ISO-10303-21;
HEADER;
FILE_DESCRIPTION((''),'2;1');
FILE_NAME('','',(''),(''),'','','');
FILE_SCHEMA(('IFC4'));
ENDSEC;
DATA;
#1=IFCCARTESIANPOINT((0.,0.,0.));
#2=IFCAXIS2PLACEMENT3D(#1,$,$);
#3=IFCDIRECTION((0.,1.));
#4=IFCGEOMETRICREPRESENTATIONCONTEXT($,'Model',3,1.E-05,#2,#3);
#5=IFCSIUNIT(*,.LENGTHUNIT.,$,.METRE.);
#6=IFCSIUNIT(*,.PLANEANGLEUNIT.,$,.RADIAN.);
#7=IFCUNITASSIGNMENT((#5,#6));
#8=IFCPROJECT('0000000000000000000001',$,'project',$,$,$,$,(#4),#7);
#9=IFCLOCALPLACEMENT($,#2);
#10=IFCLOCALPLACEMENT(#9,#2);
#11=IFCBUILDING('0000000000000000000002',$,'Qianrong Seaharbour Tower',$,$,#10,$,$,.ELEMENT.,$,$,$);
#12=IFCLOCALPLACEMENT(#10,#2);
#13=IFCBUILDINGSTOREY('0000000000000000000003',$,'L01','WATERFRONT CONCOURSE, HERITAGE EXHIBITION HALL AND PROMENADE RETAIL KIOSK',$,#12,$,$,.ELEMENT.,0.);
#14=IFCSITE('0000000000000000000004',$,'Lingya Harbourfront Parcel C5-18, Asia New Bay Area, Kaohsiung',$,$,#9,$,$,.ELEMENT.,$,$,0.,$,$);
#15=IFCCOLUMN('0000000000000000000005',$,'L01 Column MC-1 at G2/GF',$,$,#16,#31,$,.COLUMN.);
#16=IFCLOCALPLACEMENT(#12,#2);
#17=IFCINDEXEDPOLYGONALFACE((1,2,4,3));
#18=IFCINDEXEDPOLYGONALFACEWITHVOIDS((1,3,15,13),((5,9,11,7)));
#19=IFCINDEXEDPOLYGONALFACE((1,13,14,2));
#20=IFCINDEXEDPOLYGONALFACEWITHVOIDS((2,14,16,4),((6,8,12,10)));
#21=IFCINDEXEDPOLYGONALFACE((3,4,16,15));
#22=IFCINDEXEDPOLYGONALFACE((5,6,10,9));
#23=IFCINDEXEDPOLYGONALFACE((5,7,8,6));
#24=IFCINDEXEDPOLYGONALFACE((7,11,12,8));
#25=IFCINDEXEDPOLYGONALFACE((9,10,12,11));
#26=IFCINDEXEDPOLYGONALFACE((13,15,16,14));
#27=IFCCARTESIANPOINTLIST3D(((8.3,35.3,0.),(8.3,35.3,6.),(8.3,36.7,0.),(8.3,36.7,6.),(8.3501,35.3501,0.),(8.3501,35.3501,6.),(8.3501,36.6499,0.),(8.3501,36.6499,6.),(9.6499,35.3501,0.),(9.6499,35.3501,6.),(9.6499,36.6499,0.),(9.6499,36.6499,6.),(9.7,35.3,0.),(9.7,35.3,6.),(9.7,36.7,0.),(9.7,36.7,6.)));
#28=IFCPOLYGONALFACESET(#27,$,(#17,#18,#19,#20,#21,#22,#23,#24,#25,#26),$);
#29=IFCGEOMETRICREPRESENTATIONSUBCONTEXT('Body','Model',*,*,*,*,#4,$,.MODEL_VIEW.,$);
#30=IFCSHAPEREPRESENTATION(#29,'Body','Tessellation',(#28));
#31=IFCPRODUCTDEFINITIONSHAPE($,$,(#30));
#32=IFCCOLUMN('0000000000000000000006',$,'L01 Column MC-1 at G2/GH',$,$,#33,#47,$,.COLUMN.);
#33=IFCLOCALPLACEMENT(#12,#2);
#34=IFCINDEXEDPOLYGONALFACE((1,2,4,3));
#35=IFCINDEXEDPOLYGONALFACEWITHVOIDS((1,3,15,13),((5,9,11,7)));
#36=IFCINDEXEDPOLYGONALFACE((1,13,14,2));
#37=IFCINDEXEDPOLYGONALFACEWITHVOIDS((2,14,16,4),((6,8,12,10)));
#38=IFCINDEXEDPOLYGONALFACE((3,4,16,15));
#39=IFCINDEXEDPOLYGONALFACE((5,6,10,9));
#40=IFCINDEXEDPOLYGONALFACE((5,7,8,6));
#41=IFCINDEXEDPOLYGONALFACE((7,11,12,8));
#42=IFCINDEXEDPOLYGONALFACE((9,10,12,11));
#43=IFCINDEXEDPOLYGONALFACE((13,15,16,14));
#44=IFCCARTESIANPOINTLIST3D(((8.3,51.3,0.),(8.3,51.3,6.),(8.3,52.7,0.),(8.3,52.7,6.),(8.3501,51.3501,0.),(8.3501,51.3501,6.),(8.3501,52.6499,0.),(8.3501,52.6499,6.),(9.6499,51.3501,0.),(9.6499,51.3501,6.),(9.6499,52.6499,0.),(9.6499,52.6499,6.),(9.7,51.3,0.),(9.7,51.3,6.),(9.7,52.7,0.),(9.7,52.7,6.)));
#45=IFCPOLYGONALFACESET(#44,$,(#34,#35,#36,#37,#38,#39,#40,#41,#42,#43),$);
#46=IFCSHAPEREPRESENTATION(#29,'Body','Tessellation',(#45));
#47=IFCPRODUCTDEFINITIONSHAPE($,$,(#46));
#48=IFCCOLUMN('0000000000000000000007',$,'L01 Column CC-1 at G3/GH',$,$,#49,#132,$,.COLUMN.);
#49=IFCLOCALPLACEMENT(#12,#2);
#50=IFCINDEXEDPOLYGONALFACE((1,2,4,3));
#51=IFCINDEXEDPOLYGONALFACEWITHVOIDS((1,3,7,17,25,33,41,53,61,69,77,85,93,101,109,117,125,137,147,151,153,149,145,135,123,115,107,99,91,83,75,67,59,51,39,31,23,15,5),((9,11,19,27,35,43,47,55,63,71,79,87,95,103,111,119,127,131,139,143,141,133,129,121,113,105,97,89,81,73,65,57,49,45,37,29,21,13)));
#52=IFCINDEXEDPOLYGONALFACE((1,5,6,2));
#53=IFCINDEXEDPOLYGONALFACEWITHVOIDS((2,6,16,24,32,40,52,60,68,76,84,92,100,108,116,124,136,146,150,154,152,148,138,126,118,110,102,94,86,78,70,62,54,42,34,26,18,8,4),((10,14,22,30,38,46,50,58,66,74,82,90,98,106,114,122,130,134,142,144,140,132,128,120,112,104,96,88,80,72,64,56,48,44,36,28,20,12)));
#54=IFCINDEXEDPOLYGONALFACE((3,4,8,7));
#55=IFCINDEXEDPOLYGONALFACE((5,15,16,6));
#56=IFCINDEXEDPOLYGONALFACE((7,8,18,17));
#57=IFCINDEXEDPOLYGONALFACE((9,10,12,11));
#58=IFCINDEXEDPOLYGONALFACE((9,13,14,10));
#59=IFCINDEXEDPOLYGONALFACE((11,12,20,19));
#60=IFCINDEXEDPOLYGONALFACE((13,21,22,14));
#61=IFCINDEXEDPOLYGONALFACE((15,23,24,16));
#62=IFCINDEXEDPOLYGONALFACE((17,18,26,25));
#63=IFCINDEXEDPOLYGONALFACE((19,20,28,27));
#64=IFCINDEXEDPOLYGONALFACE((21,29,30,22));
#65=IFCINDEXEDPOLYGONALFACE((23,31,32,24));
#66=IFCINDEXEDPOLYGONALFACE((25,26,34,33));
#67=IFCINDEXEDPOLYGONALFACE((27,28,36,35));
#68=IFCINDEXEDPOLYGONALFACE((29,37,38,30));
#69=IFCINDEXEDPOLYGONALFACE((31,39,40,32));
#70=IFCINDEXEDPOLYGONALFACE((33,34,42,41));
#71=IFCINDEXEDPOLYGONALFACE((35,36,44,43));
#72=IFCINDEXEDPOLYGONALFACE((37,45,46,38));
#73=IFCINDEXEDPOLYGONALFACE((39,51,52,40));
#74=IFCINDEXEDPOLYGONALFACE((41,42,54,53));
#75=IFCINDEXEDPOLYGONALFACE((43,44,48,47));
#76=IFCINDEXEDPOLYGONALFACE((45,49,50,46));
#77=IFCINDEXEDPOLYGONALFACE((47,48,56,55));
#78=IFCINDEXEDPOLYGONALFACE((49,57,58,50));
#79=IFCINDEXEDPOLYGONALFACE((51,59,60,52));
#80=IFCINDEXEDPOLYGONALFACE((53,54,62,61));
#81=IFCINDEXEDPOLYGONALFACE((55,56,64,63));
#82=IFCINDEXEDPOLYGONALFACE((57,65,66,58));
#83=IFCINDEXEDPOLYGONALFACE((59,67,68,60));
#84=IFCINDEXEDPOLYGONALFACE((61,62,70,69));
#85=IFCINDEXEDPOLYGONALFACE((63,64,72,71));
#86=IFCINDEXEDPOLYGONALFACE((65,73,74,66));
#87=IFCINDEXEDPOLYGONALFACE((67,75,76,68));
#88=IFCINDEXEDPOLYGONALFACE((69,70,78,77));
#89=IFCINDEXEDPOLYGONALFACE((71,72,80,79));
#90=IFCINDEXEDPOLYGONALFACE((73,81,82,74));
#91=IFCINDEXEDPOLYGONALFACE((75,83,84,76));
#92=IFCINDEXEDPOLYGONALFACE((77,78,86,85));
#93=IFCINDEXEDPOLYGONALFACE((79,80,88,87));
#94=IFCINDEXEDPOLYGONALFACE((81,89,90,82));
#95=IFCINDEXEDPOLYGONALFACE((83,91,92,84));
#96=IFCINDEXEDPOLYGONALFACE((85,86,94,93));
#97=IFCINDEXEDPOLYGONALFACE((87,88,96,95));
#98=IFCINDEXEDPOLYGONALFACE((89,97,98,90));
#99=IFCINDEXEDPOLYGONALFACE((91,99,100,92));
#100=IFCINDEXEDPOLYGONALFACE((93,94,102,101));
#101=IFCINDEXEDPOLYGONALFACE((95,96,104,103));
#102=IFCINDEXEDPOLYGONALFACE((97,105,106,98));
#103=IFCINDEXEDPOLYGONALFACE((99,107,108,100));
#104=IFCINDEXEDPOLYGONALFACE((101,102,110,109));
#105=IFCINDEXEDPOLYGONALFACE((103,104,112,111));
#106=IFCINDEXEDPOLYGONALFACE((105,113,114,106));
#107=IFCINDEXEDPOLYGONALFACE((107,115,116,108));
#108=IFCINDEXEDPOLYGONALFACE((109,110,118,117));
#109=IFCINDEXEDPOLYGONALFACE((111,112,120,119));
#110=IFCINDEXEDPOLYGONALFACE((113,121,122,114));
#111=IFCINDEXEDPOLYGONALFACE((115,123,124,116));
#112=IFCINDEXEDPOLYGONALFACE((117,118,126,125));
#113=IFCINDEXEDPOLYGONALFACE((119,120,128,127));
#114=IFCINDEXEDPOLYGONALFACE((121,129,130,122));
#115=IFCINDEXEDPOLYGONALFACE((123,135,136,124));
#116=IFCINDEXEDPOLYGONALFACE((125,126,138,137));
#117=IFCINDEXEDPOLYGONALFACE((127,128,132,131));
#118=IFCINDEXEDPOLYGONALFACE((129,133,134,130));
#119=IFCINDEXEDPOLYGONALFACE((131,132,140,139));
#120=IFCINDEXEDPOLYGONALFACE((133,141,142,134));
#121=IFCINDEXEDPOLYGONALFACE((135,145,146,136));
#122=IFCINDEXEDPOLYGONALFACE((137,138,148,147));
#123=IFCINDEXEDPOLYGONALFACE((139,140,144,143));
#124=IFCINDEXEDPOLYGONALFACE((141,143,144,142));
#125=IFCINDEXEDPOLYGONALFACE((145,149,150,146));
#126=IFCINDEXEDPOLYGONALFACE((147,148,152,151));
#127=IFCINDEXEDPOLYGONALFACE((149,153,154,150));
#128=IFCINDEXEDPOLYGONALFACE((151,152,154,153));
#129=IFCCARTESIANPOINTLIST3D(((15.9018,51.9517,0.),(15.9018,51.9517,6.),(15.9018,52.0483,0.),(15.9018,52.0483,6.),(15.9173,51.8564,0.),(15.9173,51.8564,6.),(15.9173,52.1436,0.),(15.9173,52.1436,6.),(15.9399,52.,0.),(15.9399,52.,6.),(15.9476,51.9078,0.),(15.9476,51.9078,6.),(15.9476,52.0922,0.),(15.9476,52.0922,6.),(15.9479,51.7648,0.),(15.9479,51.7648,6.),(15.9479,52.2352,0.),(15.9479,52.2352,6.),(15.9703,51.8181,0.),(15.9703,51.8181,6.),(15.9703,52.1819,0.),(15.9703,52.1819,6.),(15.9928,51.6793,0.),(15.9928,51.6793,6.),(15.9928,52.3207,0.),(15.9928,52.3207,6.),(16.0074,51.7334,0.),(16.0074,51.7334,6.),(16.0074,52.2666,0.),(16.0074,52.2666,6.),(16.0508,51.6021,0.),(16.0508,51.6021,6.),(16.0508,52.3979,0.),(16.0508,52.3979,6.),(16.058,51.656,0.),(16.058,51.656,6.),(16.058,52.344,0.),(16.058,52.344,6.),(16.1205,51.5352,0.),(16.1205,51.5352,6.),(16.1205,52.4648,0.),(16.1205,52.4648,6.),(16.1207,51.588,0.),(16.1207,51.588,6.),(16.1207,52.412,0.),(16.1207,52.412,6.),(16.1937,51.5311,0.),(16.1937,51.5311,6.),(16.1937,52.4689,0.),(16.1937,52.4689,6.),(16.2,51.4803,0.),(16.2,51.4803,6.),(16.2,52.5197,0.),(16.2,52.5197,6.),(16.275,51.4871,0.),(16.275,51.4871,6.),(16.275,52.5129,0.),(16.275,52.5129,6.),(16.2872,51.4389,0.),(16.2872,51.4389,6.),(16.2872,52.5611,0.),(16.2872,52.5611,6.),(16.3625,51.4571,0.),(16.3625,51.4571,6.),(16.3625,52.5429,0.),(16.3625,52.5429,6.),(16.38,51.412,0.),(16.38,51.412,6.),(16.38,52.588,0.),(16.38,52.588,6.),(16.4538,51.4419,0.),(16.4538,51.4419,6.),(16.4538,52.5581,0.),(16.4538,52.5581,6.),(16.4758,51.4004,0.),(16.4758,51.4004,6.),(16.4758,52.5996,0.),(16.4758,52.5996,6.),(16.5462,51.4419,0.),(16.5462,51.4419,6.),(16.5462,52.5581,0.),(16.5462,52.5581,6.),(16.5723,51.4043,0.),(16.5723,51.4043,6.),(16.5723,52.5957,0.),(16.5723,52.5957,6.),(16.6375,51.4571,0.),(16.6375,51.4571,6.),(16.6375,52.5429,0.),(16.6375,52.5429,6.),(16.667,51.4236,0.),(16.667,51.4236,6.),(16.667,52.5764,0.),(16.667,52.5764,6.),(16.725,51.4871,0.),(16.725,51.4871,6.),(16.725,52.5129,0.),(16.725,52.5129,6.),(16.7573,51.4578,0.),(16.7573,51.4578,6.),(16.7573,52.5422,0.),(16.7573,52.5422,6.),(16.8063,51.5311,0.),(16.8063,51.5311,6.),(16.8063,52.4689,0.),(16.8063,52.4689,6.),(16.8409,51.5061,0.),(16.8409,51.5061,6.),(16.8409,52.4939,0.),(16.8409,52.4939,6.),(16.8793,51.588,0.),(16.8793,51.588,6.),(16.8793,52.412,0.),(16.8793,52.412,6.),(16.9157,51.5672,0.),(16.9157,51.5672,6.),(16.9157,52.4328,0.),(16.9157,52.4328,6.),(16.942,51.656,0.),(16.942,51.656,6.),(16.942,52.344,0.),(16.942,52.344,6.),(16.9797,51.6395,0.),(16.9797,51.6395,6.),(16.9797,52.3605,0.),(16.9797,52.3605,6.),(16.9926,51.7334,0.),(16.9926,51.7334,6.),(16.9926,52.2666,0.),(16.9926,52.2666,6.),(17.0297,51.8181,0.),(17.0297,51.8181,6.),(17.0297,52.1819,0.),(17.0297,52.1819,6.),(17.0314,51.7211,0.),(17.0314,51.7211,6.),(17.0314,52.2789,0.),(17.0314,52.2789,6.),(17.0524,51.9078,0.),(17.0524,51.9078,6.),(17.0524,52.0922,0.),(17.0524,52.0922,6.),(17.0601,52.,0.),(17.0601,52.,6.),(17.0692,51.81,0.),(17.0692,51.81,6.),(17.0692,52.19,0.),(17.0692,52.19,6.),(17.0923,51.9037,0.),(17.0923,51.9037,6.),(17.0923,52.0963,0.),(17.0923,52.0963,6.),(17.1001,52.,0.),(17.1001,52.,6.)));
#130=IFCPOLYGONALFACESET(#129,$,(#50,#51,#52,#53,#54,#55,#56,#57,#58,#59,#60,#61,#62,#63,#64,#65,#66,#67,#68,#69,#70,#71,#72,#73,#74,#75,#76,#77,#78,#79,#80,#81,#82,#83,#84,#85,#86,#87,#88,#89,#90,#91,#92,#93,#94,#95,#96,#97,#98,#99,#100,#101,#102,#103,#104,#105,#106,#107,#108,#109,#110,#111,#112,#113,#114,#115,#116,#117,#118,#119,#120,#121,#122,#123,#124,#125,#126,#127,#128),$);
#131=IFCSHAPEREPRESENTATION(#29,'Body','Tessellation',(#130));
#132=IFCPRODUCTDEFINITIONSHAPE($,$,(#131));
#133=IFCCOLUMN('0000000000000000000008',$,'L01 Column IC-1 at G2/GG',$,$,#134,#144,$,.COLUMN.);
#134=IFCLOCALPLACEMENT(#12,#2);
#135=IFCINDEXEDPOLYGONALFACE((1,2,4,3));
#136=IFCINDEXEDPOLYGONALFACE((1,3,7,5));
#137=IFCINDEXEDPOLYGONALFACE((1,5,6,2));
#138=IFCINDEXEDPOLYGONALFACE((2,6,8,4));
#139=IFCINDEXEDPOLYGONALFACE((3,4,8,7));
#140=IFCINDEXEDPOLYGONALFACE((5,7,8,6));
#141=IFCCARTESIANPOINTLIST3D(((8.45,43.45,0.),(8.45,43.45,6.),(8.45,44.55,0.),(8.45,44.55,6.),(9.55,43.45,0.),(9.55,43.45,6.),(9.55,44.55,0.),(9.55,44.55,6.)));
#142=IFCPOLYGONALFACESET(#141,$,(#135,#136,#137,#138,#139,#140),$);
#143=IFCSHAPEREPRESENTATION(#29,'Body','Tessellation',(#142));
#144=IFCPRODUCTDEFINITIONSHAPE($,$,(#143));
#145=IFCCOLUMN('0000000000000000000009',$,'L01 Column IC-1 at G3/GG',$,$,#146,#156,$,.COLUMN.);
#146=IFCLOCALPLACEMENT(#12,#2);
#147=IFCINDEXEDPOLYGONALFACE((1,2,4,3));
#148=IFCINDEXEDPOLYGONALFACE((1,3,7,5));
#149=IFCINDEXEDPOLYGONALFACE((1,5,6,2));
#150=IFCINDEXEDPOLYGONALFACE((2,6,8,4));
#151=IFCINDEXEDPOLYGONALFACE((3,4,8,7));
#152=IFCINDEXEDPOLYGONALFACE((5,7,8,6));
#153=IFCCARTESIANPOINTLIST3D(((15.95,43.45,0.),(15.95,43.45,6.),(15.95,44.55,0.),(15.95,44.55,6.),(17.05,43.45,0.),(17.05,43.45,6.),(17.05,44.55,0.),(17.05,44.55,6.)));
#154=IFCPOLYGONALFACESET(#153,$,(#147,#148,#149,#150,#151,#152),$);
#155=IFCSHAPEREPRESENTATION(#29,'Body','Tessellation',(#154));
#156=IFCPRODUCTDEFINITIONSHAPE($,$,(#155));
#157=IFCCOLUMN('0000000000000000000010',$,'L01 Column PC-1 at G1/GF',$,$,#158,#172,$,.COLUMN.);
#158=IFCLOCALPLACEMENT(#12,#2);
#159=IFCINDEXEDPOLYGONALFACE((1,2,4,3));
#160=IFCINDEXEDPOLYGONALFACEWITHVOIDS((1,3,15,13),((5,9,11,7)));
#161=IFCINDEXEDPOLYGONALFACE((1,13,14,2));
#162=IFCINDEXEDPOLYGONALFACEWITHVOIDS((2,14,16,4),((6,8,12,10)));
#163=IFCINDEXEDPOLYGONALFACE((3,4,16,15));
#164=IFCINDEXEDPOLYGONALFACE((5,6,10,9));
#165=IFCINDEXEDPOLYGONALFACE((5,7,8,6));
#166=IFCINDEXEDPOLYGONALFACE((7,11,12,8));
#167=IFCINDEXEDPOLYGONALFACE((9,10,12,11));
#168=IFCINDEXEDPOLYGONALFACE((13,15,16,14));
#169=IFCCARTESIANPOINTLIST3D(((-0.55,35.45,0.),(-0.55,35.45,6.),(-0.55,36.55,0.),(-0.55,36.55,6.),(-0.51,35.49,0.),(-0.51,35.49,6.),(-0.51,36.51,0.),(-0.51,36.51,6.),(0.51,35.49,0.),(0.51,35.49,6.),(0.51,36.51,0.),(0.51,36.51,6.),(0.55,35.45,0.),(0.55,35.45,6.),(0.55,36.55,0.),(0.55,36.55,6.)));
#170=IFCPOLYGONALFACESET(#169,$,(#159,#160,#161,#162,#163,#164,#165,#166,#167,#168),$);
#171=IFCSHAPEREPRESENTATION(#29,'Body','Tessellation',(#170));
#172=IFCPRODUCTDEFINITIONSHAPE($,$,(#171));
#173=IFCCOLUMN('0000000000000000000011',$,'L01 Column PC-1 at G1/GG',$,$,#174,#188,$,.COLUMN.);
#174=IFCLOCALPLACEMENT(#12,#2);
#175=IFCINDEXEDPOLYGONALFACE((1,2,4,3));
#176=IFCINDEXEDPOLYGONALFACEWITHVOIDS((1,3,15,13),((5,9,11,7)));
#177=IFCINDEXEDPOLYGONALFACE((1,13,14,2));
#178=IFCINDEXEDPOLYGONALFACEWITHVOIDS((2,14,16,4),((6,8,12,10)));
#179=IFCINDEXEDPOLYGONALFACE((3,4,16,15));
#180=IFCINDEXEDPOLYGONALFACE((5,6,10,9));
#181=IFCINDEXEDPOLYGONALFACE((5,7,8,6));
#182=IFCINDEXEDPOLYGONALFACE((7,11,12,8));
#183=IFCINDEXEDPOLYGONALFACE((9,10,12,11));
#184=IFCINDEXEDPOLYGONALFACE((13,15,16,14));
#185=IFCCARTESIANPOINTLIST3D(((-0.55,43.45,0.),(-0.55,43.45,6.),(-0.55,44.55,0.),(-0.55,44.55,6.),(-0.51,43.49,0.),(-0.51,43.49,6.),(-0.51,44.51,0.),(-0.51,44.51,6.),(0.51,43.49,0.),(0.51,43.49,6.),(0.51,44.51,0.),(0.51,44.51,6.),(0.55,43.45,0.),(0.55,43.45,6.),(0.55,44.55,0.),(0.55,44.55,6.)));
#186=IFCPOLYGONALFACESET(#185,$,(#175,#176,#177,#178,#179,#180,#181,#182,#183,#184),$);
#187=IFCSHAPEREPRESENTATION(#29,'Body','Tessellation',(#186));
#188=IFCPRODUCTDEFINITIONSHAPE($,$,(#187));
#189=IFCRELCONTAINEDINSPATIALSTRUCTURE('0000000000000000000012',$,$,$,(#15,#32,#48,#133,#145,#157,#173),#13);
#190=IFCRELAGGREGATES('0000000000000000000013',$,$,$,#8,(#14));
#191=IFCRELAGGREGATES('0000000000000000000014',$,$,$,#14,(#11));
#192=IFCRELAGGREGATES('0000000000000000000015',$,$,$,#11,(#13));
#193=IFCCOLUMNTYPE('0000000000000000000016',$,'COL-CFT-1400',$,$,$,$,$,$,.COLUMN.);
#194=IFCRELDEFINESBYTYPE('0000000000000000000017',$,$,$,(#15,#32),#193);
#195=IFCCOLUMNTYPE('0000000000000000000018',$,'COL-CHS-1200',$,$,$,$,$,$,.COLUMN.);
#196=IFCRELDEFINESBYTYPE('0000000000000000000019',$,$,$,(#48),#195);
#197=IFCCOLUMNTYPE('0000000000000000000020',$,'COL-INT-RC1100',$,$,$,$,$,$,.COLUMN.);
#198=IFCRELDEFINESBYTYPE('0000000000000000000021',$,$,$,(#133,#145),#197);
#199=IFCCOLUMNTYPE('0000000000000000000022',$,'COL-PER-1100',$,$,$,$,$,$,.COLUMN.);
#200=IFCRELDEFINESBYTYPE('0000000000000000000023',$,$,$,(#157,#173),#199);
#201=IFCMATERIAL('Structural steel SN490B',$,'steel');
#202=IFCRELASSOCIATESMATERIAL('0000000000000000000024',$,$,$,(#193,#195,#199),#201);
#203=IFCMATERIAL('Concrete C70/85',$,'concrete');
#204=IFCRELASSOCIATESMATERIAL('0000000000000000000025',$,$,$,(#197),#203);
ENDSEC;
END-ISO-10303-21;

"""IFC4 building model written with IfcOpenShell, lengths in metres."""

from ifc_helpers import new_model, si_unit, direction, frame, origin, origin_2d, place, context, subcontext, project, spatial, rectangle, hollow_rectangle, hollow_circle, extrude, material, material_profile, profile_set, type_object, element, save


model = new_model("IFC4")

# Units and contexts
model_context = context("Model", 3, precision=1e-05, world=origin(), true_north=direction((0.0, 1.0)))
body_context = subcontext(model_context, "Body", "Model", "MODEL_VIEW")
ifc_project = project(units=[si_unit("LENGTHUNIT", "METRE"), si_unit("PLANEANGLEUNIT", "RADIAN")], contexts=[model_context])

# Site, building, storey
site_placement = place(None, origin())
site = spatial("IfcSite", under=ifc_project, at=site_placement, Name="Lingya Harbourfront Parcel C5-18, Asia New Bay Area, Kaohsiung", CompositionType="ELEMENT", RefElevation=0.0)
building_placement = place(site_placement, origin())
building = spatial("IfcBuilding", under=site, at=building_placement, Name="Qianrong Seaharbour Tower", CompositionType="ELEMENT")
storey_placement = place(building_placement, origin())
storey = spatial("IfcBuildingStorey", under=building, at=storey_placement, Name="L01", Description="WATERFRONT CONCOURSE, HERITAGE EXHIBITION HALL AND PROMENADE RETAIL KIOSK", CompositionType="ELEMENT", Elevation=0.0)

# Columns
ifc_material_1 = material(Name="Structural steel SN490B", Category="steel")
ifc_material_profile_1 = material_profile(ifc_material_1, hollow_rectangle(XDim=1.3999, YDim=1.3999, WallThickness=0.05, at=origin_2d()), Name="BOX1400x1400x50")
ifc_profile_set_1 = profile_set([ifc_material_profile_1], Name="Structural steel SN490B")
column_type_1 = type_object("IfcColumnType", Name="COL-CFT-1400", PredefinedType="COLUMN", material=ifc_profile_set_1)
for number, where, z_axis, x_axis, name in (
    (1, (9.0, 36.0, 0.0), (0.0, 0.0, 1.0), (1.0, 0.0, 0.0), "L01 Column MC-1 at G2/GF"),
    (2, (9.0, 52.0, 0.0), (0.0, 0.0, 1.0), (1.0, 0.0, 0.0), "L01 Column MC-1 at G2/GH"),
):
    element("IfcColumn", number, at=place(storey_placement, frame(where, z_axis=z_axis, x_axis=x_axis)), inside=storey, type_object=column_type_1, Name=name, PredefinedType="COLUMN", context=body_context, shape_type="SweptSolid", body=[
        extrude(hollow_rectangle(XDim=1.3999, YDim=1.3999, WallThickness=0.05, at=origin_2d()), origin(), (0.0, 0.0, 1.0), 6.0),
    ])
ifc_material_profile_2 = material_profile(ifc_material_1, hollow_circle(Radius=0.6001, WallThickness=0.04, at=origin_2d()), Name="CHS1200x40")
ifc_profile_set_2 = profile_set([ifc_material_profile_2], Name="Structural steel SN490B")
column_type_2 = type_object("IfcColumnType", Name="COL-CHS-1200", PredefinedType="COLUMN", material=ifc_profile_set_2)
column_placement = place(storey_placement, frame((16.5, 52.0, 0.0), z_axis=(0.0, 0.0, 1.0), x_axis=(1.0, 0.0, 0.0)))
element("IfcColumn", 3, at=column_placement, inside=storey, type_object=column_type_2, Name="L01 Column CC-1 at G3/GH", PredefinedType="COLUMN", context=body_context, shape_type="SweptSolid", body=[
    extrude(hollow_circle(Radius=0.6001, WallThickness=0.04, at=origin_2d()), origin(), (0.0, 0.0, 1.0), 6.0),
])
ifc_material_2 = material(Name="Concrete C70/85", Category="concrete")
ifc_material_profile_3 = material_profile(ifc_material_2, rectangle(XDim=1.1001, YDim=1.1001, at=origin_2d()), Name="RC1100x1100")
ifc_profile_set_3 = profile_set([ifc_material_profile_3], Name="Concrete C70/85")
column_type_3 = type_object("IfcColumnType", Name="COL-INT-RC1100", PredefinedType="COLUMN", material=ifc_profile_set_3)
for number, where, z_axis, x_axis, name in (
    (4, (9.0, 44.0, 0.0), (0.0, 0.0, 1.0), (1.0, 0.0, 0.0), "L01 Column IC-1 at G2/GG"),
    (5, (16.5, 44.0, 0.0), (0.0, 0.0, 1.0), (1.0, 0.0, 0.0), "L01 Column IC-1 at G3/GG"),
):
    element("IfcColumn", number, at=place(storey_placement, frame(where, z_axis=z_axis, x_axis=x_axis)), inside=storey, type_object=column_type_3, Name=name, PredefinedType="COLUMN", context=body_context, shape_type="SweptSolid", body=[
        extrude(rectangle(XDim=1.1001, YDim=1.1001, at=origin_2d()), origin(), (0.0, 0.0, 1.0), 6.0),
    ])
ifc_material_profile_4 = material_profile(ifc_material_1, hollow_rectangle(XDim=1.1001, YDim=1.1001, WallThickness=0.04, at=origin_2d()), Name="BOX1100x1100x40")
ifc_profile_set_4 = profile_set([ifc_material_profile_4], Name="Structural steel SN490B")
column_type_4 = type_object("IfcColumnType", Name="COL-PER-1100", PredefinedType="COLUMN", material=ifc_profile_set_4)
for number, where, z_axis, x_axis, name in (
    (6, (0.0, 36.0, 0.0), (0.0, 0.0, 1.0), (1.0, 0.0, 0.0), "L01 Column PC-1 at G1/GF"),
    (7, (0.0, 44.0, 0.0), (0.0, 0.0, 1.0), (1.0, 0.0, 0.0), "L01 Column PC-1 at G1/GG"),
):
    element("IfcColumn", number, at=place(storey_placement, frame(where, z_axis=z_axis, x_axis=x_axis)), inside=storey, type_object=column_type_4, Name=name, PredefinedType="COLUMN", context=body_context, shape_type="SweptSolid", body=[
        extrude(hollow_rectangle(XDim=1.1001, YDim=1.1001, WallThickness=0.04, at=origin_2d()), origin(), (0.0, 0.0, 1.0), 6.0),
    ])

save(model, "model.ifc")
